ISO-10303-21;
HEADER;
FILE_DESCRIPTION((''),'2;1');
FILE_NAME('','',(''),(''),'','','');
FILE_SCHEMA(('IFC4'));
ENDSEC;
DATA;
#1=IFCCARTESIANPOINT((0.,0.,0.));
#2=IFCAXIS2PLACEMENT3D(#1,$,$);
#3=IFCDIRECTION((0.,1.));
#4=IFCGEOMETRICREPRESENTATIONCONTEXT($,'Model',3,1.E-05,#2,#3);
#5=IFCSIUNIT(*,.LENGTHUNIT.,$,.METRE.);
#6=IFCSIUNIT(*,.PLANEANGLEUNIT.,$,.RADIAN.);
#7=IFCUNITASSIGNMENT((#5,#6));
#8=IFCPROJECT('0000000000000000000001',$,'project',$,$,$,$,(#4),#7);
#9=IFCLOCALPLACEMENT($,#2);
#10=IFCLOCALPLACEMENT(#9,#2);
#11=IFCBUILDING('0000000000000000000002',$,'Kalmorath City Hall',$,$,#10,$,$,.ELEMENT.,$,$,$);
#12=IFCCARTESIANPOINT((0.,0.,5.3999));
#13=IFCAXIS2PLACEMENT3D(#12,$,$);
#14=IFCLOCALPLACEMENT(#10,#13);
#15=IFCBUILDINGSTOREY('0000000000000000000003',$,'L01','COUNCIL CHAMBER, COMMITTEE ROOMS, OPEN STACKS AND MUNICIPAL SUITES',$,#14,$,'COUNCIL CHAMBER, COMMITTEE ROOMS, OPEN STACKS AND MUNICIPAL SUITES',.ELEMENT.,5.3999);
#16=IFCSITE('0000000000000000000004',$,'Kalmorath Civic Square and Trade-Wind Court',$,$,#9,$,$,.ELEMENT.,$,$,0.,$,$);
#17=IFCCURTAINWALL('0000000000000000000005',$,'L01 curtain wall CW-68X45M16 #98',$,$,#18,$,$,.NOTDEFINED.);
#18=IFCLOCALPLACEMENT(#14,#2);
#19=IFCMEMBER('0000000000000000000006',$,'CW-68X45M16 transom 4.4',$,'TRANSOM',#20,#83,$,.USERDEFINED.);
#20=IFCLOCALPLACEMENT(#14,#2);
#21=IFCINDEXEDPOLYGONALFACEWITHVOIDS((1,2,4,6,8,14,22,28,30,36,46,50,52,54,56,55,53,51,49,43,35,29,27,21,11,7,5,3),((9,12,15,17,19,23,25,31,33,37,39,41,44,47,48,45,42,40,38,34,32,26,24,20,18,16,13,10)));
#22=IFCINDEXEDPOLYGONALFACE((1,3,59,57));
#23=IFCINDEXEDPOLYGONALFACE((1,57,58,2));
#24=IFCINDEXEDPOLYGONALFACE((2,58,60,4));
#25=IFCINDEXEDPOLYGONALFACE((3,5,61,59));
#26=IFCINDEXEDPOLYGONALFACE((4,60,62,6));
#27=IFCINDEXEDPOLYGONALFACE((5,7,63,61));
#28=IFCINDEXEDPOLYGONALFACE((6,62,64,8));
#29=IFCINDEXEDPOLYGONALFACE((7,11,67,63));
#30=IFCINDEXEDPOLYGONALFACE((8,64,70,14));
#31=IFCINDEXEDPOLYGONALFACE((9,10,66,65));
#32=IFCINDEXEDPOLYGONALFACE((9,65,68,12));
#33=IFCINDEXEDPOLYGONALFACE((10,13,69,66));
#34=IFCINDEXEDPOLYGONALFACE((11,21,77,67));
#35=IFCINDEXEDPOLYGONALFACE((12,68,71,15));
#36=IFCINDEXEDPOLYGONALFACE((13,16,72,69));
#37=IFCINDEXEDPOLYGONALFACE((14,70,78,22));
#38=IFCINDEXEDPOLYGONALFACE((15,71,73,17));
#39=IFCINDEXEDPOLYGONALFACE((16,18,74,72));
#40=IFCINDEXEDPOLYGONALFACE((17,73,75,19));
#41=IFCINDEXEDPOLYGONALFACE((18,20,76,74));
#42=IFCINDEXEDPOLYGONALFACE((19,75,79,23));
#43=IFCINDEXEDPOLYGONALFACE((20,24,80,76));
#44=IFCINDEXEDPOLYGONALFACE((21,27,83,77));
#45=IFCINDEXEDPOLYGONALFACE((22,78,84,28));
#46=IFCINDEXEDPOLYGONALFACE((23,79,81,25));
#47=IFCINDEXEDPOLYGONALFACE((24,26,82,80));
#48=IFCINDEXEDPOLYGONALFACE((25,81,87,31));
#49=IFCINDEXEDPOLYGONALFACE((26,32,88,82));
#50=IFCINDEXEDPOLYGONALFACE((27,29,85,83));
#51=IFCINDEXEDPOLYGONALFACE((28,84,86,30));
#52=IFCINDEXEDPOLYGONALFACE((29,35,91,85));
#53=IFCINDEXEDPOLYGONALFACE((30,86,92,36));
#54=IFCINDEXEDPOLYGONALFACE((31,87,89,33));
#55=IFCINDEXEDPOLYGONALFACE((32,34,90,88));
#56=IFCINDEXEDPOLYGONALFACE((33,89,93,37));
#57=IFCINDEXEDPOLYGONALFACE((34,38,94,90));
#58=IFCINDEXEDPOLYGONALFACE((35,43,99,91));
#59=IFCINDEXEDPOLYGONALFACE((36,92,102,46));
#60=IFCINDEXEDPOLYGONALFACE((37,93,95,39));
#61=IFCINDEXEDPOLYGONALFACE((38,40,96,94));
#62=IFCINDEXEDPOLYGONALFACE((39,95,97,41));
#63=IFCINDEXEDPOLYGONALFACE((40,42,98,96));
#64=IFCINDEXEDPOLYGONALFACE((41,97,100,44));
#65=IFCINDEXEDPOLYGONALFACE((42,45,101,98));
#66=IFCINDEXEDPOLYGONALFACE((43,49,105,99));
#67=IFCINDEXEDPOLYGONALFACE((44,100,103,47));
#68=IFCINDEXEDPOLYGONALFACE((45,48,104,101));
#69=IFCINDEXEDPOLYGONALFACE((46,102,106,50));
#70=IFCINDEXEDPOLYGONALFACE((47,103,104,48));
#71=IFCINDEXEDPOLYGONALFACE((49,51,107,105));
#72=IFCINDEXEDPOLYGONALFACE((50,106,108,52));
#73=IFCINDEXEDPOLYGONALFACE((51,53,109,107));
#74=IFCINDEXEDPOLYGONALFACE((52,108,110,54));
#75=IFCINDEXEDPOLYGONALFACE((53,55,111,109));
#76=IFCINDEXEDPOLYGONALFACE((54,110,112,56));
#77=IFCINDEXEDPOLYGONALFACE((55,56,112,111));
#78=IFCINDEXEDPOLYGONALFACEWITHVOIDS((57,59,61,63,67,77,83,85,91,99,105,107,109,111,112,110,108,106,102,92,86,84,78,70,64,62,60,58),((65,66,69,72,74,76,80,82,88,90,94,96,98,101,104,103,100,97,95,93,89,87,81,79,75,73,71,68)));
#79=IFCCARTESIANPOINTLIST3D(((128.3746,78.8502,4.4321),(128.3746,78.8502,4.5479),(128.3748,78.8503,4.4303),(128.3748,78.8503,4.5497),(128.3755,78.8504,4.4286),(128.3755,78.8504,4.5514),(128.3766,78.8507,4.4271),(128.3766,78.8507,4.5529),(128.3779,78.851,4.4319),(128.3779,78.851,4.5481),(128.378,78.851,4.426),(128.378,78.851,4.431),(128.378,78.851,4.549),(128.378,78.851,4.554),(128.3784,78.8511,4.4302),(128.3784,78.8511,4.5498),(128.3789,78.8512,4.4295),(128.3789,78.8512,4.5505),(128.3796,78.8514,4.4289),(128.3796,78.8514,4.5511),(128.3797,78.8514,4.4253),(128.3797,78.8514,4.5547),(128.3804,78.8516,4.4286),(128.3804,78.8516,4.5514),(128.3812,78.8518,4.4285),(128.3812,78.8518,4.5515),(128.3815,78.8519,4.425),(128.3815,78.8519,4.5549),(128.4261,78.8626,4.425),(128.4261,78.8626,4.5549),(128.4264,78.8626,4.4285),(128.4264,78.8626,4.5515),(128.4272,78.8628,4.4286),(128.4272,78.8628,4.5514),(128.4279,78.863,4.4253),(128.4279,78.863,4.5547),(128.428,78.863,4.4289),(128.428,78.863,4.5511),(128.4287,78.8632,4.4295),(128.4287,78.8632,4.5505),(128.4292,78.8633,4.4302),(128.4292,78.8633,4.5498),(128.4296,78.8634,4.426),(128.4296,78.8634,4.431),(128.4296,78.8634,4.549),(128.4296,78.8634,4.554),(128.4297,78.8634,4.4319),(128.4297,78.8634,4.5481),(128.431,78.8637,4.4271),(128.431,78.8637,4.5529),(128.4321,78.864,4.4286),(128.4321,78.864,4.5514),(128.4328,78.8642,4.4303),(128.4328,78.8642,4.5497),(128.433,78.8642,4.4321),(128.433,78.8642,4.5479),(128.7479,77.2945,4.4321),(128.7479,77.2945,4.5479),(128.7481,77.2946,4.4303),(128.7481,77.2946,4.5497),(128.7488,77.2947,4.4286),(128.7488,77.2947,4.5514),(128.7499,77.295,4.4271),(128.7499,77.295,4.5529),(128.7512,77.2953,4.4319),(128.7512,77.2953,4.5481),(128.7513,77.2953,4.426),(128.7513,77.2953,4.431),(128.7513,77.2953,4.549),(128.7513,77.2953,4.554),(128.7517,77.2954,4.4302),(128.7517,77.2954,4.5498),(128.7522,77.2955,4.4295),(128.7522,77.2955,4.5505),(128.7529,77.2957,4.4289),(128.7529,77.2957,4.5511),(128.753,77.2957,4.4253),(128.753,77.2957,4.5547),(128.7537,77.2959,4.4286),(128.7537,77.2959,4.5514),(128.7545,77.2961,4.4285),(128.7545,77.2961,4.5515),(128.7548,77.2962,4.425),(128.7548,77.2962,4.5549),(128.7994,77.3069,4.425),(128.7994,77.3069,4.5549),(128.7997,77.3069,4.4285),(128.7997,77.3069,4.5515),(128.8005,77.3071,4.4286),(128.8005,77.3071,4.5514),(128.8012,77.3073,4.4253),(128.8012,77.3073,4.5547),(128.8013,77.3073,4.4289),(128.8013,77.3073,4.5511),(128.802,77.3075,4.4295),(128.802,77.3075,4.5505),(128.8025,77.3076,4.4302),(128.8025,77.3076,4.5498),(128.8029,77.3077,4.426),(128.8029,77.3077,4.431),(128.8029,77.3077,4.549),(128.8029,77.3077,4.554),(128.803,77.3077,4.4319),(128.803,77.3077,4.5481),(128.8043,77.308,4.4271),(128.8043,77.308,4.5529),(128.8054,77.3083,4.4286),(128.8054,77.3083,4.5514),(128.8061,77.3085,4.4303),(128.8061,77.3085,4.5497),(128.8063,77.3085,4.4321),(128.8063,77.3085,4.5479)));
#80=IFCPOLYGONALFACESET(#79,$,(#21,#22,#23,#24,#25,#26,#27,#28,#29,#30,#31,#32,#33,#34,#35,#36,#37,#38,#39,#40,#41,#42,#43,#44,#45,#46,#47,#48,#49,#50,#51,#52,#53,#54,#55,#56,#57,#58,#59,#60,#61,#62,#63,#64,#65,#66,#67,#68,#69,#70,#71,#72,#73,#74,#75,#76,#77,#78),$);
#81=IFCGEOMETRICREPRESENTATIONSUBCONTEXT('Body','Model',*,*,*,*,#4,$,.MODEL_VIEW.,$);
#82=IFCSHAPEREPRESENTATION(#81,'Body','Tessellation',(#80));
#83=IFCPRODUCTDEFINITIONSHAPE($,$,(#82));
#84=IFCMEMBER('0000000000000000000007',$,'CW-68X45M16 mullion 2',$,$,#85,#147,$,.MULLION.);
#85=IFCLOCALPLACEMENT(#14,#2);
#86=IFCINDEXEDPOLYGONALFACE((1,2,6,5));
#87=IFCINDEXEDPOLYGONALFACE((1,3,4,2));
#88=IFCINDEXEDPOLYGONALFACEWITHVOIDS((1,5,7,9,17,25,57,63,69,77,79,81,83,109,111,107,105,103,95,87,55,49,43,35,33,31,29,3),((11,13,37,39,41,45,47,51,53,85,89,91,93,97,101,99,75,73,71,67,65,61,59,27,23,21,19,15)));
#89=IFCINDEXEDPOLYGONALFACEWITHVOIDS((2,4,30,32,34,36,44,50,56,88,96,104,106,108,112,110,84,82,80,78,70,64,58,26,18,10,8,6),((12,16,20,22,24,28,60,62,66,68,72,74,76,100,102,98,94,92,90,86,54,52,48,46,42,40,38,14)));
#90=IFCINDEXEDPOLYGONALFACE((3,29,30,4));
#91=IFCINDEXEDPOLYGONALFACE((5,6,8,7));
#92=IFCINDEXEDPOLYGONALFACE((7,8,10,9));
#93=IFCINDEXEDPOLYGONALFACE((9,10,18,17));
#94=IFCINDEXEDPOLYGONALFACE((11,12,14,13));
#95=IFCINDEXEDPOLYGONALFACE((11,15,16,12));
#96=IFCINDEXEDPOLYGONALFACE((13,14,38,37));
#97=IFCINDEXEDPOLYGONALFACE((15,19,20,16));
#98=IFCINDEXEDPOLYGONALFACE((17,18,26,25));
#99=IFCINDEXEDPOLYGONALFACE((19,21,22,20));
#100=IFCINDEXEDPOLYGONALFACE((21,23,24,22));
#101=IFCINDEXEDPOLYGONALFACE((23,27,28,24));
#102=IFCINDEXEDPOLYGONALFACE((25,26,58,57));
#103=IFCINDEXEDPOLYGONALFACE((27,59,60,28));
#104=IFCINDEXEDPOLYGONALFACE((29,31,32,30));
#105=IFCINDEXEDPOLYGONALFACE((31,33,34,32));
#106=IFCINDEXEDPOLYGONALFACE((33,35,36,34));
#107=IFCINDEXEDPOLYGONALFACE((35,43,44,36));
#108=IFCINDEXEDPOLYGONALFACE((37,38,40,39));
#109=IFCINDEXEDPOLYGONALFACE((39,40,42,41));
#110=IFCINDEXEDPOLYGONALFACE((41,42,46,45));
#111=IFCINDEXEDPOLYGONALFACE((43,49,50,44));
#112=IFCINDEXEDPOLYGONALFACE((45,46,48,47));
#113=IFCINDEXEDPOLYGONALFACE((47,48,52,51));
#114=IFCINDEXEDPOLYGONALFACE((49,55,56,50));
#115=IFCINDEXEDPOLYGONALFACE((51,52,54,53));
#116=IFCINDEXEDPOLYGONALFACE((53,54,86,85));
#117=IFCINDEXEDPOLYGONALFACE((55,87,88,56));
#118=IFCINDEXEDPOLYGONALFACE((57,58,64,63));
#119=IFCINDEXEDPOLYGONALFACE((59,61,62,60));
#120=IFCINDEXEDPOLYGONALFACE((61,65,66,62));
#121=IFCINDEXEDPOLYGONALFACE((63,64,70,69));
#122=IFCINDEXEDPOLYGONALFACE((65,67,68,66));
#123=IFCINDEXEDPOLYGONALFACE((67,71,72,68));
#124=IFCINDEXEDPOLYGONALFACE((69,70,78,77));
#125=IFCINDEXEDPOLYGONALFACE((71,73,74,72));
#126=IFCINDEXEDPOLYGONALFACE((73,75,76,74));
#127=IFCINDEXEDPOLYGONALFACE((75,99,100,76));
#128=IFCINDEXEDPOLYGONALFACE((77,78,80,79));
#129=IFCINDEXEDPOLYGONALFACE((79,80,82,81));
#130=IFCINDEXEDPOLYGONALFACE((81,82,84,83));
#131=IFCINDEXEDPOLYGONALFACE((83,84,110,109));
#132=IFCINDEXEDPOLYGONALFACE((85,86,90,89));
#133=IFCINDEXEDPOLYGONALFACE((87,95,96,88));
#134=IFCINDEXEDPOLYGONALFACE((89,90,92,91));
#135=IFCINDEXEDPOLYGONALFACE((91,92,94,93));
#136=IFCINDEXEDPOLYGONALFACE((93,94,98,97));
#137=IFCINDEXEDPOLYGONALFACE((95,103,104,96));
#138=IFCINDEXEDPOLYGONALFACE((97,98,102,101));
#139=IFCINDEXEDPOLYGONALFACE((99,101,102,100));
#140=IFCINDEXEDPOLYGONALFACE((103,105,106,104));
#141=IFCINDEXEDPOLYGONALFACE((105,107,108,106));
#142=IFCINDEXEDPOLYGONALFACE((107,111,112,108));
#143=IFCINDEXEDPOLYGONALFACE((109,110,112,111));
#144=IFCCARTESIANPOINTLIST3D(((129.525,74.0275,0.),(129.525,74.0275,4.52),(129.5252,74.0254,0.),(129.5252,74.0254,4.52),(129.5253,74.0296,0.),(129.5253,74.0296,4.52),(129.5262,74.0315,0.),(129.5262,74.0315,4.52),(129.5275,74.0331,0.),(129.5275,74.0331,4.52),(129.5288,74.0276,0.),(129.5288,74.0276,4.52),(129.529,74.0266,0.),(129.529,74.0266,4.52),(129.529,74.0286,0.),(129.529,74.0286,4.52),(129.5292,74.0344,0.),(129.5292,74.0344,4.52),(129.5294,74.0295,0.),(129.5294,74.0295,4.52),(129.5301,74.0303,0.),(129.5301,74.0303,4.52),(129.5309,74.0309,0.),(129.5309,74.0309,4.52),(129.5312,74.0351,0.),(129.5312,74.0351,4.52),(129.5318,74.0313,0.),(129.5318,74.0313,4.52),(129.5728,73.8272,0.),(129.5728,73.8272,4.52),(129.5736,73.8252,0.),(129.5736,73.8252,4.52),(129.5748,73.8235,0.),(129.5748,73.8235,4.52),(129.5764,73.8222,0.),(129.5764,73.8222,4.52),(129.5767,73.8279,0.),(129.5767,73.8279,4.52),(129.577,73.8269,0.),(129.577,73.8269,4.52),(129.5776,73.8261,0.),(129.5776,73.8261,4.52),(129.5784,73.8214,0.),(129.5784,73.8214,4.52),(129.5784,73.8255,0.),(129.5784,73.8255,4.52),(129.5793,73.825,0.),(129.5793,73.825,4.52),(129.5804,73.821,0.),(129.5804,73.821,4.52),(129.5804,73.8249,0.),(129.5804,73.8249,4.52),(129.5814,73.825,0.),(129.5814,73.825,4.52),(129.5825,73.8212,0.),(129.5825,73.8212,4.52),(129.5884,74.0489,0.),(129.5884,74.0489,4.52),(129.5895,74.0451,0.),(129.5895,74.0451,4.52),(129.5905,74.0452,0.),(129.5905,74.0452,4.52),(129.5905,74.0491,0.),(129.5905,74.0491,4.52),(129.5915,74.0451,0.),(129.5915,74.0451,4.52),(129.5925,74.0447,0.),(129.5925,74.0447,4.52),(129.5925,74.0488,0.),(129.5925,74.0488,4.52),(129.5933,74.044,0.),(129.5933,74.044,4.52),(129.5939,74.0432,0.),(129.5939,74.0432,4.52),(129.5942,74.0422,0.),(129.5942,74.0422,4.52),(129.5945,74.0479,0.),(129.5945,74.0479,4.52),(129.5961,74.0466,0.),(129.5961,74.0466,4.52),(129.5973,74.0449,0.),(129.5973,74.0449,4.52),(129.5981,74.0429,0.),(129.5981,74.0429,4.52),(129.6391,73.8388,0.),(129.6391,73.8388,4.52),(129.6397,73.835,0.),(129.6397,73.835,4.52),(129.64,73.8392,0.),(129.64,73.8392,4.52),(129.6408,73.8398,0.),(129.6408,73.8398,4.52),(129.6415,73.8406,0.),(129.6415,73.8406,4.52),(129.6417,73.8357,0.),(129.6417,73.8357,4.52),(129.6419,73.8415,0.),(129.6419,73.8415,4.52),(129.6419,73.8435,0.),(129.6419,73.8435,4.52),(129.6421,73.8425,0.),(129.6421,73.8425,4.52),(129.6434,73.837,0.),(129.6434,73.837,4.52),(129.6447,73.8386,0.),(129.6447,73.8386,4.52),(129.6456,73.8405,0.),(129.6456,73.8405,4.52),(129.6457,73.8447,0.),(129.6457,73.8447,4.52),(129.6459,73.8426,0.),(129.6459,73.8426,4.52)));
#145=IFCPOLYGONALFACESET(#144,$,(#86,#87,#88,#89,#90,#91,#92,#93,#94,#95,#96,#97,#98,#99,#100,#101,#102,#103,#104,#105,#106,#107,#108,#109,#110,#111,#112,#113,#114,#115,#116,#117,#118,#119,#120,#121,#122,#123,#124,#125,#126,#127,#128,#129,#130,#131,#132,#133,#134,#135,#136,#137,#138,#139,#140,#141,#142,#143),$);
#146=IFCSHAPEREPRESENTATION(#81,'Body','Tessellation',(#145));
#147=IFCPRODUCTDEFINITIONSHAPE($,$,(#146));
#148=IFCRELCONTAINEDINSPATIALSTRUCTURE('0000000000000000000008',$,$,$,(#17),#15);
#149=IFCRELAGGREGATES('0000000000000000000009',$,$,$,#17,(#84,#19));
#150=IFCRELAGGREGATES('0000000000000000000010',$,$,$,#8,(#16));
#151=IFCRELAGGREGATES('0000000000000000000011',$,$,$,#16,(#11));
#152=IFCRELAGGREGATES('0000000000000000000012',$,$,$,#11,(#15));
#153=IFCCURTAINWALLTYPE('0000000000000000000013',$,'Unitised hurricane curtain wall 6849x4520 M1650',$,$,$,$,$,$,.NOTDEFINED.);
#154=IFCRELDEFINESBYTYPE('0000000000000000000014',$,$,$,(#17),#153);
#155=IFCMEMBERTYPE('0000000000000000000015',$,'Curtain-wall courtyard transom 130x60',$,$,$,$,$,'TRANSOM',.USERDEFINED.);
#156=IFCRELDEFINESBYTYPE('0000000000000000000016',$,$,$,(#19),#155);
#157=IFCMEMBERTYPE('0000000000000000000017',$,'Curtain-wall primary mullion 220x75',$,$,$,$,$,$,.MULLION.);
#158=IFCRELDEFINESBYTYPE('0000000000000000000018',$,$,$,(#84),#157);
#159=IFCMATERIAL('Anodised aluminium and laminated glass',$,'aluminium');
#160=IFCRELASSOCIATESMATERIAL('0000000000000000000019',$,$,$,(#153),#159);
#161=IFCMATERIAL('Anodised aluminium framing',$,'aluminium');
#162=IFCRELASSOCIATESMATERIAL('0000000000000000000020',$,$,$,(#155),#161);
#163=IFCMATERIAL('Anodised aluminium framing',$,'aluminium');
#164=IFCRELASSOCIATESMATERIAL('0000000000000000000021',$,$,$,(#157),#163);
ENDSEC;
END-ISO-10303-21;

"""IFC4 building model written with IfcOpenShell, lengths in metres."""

from ifc_helpers import new_model, si_unit, direction, frame, origin, origin_2d, place, context, subcontext, project, spatial, hollow_rectangle, extrude, material, material_profile, profile_set, type_object, element, aggregate, save


model = new_model("IFC4")

# Units and contexts
model_context = context("Model", 3, precision=1e-05, world=origin(), true_north=direction((0.0, 1.0)))
body_context = subcontext(model_context, "Body", "Model", "MODEL_VIEW")
ifc_project = project(units=[si_unit("LENGTHUNIT", "METRE"), si_unit("PLANEANGLEUNIT", "RADIAN")], contexts=[model_context])

# Site, building, storey
site_placement = place(None, origin())
site = spatial("IfcSite", under=ifc_project, at=site_placement, Name="Kalmorath Civic Square and Trade-Wind Court", CompositionType="ELEMENT", RefElevation=0.0)
building_placement = place(site_placement, origin())
building = spatial("IfcBuilding", under=site, at=building_placement, Name="Kalmorath City Hall", CompositionType="ELEMENT")
storey_placement = place(building_placement, frame((0.0, 0.0, 5.3999)))
storey = spatial("IfcBuildingStorey", under=building, at=storey_placement, Name="L01", Description="COUNCIL CHAMBER, COMMITTEE ROOMS, OPEN STACKS AND MUNICIPAL SUITES", LongName="COUNCIL CHAMBER, COMMITTEE ROOMS, OPEN STACKS AND MUNICIPAL SUITES", CompositionType="ELEMENT", Elevation=5.3999)

# Curtain wall, members
ifc_material_1 = material(Name="Anodised aluminium and laminated glass", Category="aluminium")
curtain_wall_type = type_object("IfcCurtainWallType", Name="Unitised hurricane curtain wall 6849x4520 M1650", PredefinedType="NOTDEFINED", material=ifc_material_1)
curtain_wall_placement = place(storey_placement, origin())
curtain_wall = element("IfcCurtainWall", 1, at=curtain_wall_placement, inside=storey, type_object=curtain_wall_type, Name="L01 curtain wall CW-68X45M16 #98", PredefinedType="NOTDEFINED")
ifc_material_2 = material(Name="Anodised aluminium framing", Category="aluminium")
ifc_material_profile_1 = material_profile(ifc_material_2, hollow_rectangle(XDim=0.0601, YDim=0.1299, WallThickness=0.0034, InnerFilletRadius=0.0034, OuterFilletRadius=0.0071, at=origin_2d()), Name="ALU-TRN-130X60X3.5")
ifc_profile_set_1 = profile_set([ifc_material_profile_1], Name="Anodised aluminium framing")
member_type_1 = type_object("IfcMemberType", Name="Curtain-wall courtyard transom 130x60", ElementType="TRANSOM", PredefinedType="USERDEFINED", material=ifc_profile_set_1)
member_1_placement = place(storey_placement, frame((128.7771, 77.3015, 4.49), z_axis=(-0.233333, 0.972397, 0.0), x_axis=(-0.972397, -0.233333, 0.0)))
member_1 = element("IfcMember", 2, at=member_1_placement, type_object=member_type_1, Name="CW-68X45M16 transom 4.4", ObjectType="TRANSOM", PredefinedType="USERDEFINED", context=body_context, shape_type="SweptSolid", body=[
    extrude(hollow_rectangle(XDim=0.0601, YDim=0.1299, WallThickness=0.0034, InnerFilletRadius=0.0034, OuterFilletRadius=0.0071, at=origin_2d()), origin(), (0.0, 0.0, 1.0), 1.5999),
])
ifc_material_3 = material(Name="Anodised aluminium framing", Category="aluminium")
ifc_material_profile_2 = material_profile(ifc_material_3, hollow_rectangle(XDim=0.075, YDim=0.22, WallThickness=0.0039, InnerFilletRadius=0.0039, OuterFilletRadius=0.0081, at=origin_2d()), Name="ALU-MUL-220X75X4")
ifc_profile_set_2 = profile_set([ifc_material_profile_2], Name="Anodised aluminium framing")
member_type_2 = type_object("IfcMemberType", Name="Curtain-wall primary mullion 220x75", PredefinedType="MULLION", material=ifc_profile_set_2)
member_2_placement = place(storey_placement, frame((129.5854, 73.9351, 0.0), z_axis=(0.0, 0.0, 1.0), x_axis=(-0.972367, -0.233456, 0.0)))
member_2 = element("IfcMember", 3, at=member_2_placement, type_object=member_type_2, Name="CW-68X45M16 mullion 2", PredefinedType="MULLION", context=body_context, shape_type="SweptSolid", body=[
    extrude(hollow_rectangle(XDim=0.075, YDim=0.22, WallThickness=0.0039, InnerFilletRadius=0.0039, OuterFilletRadius=0.0081, at=origin_2d()), origin(), (0.0, 0.0, 1.0), 4.52),
])
aggregate(curtain_wall, [member_2, member_1])

save(model, "model.ifc")
